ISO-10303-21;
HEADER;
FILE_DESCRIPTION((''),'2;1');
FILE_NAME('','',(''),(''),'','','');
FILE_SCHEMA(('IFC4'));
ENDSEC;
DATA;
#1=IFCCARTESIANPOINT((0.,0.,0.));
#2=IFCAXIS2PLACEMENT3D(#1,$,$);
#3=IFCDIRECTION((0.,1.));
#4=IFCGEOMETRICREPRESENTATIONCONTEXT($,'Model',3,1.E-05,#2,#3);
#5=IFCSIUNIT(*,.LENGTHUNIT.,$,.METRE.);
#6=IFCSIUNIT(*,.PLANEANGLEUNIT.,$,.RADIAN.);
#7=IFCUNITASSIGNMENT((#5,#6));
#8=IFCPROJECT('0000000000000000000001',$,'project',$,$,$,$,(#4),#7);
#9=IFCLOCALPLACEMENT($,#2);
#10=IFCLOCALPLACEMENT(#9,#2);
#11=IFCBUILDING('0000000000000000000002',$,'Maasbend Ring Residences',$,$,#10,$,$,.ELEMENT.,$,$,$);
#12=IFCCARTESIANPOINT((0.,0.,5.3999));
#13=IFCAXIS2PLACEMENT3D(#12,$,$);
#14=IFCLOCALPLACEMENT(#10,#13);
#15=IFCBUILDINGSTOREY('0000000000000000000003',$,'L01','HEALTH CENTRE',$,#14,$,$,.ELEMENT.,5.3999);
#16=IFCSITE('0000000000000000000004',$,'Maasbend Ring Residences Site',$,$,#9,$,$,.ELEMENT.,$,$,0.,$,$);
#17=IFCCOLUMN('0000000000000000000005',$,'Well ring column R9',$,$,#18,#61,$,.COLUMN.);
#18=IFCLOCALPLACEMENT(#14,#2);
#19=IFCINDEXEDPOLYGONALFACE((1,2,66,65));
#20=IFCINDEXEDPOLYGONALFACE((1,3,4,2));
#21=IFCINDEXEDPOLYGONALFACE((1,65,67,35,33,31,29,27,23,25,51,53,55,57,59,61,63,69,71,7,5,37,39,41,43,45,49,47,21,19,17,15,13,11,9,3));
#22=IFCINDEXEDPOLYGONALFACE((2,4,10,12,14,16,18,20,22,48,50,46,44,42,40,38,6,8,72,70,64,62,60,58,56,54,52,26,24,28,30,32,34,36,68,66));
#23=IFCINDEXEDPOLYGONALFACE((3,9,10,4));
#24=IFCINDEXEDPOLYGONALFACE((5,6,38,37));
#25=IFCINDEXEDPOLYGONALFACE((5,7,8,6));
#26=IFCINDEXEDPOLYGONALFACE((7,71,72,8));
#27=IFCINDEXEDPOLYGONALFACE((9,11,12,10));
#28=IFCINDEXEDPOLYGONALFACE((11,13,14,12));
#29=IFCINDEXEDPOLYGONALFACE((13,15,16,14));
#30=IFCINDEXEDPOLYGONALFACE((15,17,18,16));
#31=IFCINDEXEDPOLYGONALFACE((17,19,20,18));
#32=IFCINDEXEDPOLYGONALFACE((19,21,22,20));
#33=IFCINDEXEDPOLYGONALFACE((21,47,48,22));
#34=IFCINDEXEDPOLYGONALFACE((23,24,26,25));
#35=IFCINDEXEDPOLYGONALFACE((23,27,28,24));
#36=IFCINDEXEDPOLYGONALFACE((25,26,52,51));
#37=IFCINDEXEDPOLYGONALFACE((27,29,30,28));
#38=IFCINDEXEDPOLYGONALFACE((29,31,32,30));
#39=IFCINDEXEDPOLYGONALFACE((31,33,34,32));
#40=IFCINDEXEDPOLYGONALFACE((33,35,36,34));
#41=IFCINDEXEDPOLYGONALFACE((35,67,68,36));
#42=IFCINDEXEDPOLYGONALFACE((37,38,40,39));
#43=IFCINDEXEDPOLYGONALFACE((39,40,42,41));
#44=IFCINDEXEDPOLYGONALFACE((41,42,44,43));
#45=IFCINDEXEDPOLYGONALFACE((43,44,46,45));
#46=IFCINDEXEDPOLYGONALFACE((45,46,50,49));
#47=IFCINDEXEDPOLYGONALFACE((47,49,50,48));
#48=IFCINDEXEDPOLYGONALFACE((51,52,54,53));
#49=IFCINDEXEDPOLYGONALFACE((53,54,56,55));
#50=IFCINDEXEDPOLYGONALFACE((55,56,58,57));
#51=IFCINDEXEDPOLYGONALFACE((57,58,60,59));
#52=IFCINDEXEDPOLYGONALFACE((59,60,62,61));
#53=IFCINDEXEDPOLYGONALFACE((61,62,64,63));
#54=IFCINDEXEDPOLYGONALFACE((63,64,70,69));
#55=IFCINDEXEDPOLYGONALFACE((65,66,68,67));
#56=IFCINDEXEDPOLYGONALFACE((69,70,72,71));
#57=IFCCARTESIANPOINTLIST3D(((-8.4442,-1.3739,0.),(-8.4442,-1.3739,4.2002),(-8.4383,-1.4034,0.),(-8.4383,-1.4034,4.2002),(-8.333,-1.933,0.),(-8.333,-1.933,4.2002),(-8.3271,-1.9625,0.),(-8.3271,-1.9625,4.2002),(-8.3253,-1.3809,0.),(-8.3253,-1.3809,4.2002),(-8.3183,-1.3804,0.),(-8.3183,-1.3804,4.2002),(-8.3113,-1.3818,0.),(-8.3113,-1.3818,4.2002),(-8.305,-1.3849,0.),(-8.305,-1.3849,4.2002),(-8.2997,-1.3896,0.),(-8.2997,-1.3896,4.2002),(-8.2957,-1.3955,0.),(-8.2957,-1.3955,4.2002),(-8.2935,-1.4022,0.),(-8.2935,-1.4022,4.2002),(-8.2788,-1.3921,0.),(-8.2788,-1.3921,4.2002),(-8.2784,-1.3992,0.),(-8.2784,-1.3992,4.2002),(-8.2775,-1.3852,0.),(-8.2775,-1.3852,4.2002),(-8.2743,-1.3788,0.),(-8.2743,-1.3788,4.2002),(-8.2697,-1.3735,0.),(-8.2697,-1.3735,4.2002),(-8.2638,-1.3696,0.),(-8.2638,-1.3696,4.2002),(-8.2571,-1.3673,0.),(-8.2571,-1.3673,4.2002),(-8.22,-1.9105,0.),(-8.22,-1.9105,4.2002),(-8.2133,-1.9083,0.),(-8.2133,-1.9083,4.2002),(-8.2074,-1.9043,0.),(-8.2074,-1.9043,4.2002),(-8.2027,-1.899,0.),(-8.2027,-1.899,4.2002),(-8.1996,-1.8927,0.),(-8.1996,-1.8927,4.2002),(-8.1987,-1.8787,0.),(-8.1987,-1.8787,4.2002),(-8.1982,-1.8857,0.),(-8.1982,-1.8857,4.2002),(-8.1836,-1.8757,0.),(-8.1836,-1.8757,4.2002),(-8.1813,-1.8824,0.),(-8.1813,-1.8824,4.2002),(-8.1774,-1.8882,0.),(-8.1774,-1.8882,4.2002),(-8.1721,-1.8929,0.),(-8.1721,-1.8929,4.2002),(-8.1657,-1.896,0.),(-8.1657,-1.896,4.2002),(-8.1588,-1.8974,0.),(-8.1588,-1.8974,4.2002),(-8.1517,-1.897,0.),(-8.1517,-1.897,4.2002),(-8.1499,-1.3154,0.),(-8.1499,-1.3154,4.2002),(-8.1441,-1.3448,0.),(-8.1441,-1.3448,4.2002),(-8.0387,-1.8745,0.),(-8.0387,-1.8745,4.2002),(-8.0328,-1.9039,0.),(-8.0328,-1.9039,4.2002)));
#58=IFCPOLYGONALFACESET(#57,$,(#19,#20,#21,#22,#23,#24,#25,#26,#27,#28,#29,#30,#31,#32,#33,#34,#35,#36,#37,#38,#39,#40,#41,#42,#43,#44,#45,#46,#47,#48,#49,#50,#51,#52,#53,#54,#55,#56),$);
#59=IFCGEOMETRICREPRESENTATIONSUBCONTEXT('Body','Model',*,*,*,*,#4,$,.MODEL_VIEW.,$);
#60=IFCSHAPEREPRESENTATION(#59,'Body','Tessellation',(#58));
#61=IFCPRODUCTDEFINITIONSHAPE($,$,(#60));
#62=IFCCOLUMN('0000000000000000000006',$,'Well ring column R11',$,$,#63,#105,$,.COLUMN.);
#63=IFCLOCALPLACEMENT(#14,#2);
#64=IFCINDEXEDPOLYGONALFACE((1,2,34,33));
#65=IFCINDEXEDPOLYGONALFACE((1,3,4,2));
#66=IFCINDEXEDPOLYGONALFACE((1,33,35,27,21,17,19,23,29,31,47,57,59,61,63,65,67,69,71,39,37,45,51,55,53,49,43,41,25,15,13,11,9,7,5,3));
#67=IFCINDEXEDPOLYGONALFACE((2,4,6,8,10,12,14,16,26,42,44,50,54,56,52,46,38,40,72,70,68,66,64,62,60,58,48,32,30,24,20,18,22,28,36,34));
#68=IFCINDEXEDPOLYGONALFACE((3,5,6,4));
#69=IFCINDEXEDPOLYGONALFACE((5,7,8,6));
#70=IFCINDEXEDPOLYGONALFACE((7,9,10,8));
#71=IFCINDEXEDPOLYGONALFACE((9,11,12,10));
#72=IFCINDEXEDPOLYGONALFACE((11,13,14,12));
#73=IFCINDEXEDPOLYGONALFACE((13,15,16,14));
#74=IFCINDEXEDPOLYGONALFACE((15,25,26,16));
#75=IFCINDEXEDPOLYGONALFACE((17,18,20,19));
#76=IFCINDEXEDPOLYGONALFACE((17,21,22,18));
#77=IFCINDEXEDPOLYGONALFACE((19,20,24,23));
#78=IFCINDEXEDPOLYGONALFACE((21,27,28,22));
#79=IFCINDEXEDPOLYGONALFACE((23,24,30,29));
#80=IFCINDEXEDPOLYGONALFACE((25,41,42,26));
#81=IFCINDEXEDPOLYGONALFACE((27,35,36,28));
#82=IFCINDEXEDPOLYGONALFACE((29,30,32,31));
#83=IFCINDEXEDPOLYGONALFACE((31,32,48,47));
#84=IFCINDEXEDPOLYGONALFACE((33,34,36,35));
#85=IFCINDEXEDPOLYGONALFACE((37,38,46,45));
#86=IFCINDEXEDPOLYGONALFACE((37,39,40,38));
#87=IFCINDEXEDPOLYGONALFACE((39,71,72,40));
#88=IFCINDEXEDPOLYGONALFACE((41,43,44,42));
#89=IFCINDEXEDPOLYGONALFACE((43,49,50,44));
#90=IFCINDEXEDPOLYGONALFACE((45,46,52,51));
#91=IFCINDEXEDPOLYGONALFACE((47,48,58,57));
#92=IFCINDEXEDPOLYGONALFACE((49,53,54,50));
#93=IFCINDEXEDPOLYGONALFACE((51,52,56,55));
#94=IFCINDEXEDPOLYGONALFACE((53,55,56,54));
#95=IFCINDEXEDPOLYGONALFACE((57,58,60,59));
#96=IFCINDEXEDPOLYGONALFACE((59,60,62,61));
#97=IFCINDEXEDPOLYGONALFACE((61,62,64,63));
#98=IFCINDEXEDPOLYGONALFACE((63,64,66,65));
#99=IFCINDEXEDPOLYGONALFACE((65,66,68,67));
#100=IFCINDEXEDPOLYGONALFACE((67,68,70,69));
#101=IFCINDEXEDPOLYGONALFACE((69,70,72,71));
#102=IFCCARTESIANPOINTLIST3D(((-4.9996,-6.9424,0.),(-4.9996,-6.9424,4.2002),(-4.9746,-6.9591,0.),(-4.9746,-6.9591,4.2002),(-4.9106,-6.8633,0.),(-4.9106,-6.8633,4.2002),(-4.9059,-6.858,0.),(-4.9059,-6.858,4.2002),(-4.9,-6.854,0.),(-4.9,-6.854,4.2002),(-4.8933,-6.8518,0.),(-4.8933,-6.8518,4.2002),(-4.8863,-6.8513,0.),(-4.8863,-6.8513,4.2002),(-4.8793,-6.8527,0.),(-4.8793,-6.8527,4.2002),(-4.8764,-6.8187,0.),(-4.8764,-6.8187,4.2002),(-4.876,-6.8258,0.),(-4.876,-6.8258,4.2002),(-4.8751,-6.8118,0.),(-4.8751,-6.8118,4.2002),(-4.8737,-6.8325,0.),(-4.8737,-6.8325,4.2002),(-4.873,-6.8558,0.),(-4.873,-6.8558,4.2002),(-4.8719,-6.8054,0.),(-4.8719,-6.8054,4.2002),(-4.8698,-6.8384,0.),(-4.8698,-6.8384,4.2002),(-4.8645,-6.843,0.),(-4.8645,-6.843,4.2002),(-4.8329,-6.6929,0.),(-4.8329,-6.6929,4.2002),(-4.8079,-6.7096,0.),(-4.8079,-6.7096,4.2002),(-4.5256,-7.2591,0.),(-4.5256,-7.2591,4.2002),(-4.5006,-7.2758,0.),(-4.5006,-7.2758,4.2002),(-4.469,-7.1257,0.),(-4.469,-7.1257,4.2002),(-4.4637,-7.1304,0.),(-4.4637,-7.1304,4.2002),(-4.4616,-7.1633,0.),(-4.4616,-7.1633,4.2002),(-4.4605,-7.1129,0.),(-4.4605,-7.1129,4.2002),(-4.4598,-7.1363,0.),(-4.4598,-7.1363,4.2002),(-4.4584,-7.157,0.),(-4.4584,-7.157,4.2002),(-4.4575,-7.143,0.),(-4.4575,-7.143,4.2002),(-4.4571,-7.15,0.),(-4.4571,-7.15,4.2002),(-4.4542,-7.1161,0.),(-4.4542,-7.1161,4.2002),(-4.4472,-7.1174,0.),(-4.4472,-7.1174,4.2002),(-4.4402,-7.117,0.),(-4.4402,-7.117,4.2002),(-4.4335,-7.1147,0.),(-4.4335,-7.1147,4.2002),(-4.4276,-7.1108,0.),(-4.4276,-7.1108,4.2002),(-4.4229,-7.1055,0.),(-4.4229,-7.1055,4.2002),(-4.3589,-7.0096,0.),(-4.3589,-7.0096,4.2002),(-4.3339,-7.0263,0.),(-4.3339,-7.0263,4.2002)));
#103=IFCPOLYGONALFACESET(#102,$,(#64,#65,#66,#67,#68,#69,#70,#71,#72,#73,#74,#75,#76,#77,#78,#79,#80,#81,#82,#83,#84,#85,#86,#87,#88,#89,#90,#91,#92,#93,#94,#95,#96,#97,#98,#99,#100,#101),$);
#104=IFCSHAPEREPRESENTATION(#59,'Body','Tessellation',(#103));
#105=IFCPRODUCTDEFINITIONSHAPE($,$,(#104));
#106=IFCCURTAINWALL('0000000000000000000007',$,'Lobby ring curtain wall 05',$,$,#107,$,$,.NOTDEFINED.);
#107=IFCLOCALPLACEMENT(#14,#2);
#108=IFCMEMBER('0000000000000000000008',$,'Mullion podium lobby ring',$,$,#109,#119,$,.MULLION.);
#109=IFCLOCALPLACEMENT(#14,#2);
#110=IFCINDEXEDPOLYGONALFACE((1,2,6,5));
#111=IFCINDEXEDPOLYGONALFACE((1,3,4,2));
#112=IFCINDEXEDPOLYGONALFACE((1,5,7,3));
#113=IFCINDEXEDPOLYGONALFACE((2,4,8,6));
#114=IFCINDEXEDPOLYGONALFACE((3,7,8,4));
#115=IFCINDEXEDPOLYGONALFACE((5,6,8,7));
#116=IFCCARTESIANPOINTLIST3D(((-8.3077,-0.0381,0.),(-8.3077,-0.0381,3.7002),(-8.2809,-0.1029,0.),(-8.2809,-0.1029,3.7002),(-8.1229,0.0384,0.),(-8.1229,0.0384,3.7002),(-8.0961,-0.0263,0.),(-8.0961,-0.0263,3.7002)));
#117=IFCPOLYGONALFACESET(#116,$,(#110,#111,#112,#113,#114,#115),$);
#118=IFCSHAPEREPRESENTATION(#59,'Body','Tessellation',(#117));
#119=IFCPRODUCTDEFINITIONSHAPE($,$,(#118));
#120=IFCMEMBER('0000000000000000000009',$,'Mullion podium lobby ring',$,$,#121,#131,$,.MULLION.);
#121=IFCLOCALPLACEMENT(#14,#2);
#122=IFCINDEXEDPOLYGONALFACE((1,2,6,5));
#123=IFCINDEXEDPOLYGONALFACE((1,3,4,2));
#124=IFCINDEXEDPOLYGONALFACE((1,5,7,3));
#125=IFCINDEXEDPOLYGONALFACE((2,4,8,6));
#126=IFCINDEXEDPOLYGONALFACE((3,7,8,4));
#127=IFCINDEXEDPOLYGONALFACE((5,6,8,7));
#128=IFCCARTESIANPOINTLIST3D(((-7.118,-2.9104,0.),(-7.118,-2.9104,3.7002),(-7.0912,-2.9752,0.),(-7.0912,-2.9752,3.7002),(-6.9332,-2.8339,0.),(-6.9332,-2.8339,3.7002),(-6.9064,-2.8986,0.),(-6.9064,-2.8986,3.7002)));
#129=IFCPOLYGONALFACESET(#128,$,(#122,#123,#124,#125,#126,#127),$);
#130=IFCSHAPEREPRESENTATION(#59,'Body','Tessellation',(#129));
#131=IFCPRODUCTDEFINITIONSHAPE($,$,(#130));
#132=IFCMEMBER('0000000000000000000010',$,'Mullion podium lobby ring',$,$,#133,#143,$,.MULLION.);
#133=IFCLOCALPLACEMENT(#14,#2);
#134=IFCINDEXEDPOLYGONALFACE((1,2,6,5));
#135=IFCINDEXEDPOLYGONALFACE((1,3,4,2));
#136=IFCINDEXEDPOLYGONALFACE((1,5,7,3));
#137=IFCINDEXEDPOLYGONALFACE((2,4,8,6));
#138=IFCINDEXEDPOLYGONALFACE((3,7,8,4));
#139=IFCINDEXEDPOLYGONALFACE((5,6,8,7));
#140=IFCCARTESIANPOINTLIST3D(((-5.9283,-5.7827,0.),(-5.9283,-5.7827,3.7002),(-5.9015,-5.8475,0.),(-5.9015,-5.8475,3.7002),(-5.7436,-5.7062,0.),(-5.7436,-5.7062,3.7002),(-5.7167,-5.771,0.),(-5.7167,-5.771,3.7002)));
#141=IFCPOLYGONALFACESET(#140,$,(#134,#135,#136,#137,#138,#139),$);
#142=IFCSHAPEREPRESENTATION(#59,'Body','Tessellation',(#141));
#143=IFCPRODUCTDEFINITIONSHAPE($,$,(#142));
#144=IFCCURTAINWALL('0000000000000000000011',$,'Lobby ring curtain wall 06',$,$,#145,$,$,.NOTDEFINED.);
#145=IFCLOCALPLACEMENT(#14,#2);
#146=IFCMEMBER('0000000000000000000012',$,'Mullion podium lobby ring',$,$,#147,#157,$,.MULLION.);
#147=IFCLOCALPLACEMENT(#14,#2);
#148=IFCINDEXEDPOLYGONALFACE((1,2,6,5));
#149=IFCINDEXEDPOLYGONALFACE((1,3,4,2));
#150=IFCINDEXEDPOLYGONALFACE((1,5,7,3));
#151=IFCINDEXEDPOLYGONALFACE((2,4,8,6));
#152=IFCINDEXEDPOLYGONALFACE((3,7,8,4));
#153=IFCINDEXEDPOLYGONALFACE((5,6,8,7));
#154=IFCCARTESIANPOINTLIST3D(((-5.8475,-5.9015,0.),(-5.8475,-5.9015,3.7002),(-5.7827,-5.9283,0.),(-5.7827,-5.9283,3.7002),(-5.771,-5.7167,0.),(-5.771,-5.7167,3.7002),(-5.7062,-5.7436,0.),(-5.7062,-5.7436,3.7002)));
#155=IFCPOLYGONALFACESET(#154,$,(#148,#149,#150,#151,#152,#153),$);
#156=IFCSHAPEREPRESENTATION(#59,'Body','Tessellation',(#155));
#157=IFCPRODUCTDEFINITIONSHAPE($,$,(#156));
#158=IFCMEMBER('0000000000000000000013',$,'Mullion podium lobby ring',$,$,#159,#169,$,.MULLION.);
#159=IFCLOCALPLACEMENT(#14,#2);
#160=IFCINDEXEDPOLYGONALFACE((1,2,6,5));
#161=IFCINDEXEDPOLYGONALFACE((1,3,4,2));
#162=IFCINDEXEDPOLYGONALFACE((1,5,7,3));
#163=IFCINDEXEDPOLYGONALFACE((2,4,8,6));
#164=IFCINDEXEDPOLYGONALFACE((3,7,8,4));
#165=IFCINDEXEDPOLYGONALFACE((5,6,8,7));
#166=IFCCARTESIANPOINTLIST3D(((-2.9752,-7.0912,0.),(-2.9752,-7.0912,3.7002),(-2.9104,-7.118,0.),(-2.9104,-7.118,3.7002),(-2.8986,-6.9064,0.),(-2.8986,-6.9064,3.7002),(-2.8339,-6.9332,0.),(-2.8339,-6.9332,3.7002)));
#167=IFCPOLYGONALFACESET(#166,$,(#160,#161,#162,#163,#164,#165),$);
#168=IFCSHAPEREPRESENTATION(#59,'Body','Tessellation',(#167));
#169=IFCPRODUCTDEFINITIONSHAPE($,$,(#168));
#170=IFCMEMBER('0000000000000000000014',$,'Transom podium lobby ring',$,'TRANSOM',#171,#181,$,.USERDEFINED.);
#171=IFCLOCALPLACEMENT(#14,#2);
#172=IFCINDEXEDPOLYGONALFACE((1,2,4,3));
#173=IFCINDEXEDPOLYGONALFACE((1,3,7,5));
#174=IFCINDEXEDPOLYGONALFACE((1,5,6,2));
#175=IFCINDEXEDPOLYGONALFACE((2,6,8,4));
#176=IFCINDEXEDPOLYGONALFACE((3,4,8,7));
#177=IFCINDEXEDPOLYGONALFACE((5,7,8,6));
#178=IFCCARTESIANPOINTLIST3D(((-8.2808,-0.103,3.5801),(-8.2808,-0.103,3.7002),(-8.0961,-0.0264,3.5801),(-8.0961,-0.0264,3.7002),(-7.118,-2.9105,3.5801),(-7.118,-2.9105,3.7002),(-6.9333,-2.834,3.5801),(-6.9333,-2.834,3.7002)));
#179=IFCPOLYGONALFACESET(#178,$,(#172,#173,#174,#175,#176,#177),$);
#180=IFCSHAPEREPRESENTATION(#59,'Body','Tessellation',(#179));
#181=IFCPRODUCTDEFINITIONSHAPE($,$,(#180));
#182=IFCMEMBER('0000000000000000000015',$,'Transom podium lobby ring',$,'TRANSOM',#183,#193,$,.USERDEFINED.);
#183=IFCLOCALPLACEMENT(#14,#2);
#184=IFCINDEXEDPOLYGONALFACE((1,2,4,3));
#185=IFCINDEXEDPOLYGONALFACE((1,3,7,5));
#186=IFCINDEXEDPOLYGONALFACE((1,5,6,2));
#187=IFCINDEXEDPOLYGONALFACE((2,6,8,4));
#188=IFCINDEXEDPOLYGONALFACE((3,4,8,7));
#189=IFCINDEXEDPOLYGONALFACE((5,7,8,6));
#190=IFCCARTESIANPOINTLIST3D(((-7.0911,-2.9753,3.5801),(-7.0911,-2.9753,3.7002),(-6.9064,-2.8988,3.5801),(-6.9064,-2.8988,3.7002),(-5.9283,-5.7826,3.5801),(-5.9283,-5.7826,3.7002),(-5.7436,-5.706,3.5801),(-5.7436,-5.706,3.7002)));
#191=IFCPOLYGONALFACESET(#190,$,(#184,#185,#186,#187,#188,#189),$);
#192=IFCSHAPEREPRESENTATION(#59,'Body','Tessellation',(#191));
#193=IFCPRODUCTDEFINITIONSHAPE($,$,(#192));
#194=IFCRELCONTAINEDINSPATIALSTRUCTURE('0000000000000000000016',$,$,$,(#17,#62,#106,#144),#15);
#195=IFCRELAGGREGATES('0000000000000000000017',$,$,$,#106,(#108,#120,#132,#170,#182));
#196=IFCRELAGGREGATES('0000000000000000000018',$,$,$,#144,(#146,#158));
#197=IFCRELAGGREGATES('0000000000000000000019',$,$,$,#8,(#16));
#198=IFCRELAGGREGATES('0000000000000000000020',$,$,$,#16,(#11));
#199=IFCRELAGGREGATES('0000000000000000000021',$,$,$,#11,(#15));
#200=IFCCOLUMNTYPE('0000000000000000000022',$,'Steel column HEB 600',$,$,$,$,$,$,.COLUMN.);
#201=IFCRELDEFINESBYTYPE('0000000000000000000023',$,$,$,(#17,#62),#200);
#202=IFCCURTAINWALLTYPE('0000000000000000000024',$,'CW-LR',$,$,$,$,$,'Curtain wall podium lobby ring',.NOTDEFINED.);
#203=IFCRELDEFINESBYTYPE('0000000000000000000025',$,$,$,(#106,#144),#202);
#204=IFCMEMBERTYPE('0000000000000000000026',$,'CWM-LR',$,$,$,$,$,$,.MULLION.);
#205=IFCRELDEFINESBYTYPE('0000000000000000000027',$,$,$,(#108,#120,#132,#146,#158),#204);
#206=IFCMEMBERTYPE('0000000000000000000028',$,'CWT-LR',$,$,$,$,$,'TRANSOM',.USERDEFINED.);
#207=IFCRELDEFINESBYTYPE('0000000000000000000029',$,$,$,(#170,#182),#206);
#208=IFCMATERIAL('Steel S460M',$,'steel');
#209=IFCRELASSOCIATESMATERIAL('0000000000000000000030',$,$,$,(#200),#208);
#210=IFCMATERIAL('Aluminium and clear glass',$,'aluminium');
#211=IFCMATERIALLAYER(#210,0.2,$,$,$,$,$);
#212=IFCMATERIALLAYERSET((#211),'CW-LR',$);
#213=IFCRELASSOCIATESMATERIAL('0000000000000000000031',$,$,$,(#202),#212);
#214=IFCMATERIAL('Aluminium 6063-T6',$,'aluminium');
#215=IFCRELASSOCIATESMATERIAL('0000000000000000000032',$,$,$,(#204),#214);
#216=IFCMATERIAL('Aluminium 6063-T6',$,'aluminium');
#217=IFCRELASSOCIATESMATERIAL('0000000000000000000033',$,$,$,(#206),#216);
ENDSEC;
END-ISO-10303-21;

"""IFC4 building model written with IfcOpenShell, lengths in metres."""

from ifc_helpers import new_model, si_unit, direction, frame, origin, origin_2d, place, context, subcontext, project, spatial, rectangle, i_section, extrude, material, layer, layer_set, material_profile, profile_set, type_object, element, aggregate, save


model = new_model("IFC4")

# Units and contexts
model_context = context("Model", 3, precision=1e-05, world=origin(), true_north=direction((0.0, 1.0)))
body_context = subcontext(model_context, "Body", "Model", "MODEL_VIEW")
ifc_project = project(units=[si_unit("LENGTHUNIT", "METRE"), si_unit("PLANEANGLEUNIT", "RADIAN")], contexts=[model_context])

# Site, building, storey
site_placement = place(None, origin())
site = spatial("IfcSite", under=ifc_project, at=site_placement, Name="Maasbend Ring Residences Site", CompositionType="ELEMENT", RefElevation=0.0)
building_placement = place(site_placement, origin())
building = spatial("IfcBuilding", under=site, at=building_placement, Name="Maasbend Ring Residences", CompositionType="ELEMENT")
storey_placement = place(building_placement, frame((0.0, 0.0, 5.3999)))
storey = spatial("IfcBuildingStorey", under=building, at=storey_placement, Name="L01", Description="HEALTH CENTRE", CompositionType="ELEMENT", Elevation=5.3999)

# Columns
ifc_material_1 = material(Name="Steel S460M", Category="steel")
ifc_material_profile_1 = material_profile(ifc_material_1, i_section(OverallWidth=0.3, OverallDepth=0.6001, WebThickness=0.0154, FlangeThickness=0.03, FilletRadius=0.0271, at=origin_2d()), Name="HEB 600")
ifc_profile_set_1 = profile_set([ifc_material_profile_1], Name="Steel S460M")
column_type = type_object("IfcColumnType", Name="Steel column HEB 600", PredefinedType="COLUMN", material=ifc_profile_set_1)
for number, where, z_axis, x_axis, name in (
    (1, (-8.2385, -1.6389, 0.0), (0.0, 0.0, 1.0), (-0.980785, -0.19509, 0.0), "Well ring column R9"),
    (2, (-4.6667, -6.9844, 0.0), (0.0, 0.0, 1.0), (-0.55557, -0.83147, 0.0), "Well ring column R11"),
):
    element("IfcColumn", number, at=place(storey_placement, frame(where, z_axis=z_axis, x_axis=x_axis)), inside=storey, type_object=column_type, Name=name, PredefinedType="COLUMN", context=body_context, shape_type="SweptSolid", body=[
        extrude(i_section(OverallWidth=0.3, OverallDepth=0.6001, WebThickness=0.0154, FlangeThickness=0.03, FilletRadius=0.0271, at=origin_2d()), origin(), (0.0, 0.0, 1.0), 4.2002),
    ])

# Curtain walls, members
ifc_material_2 = material(Name="Aluminium and clear glass", Category="aluminium")
ifc_layer_1 = layer(ifc_material_2, 0.2)
ifc_layer_set_1 = layer_set([ifc_layer_1], Name="CW-LR")
curtain_wall_type = type_object("IfcCurtainWallType", Name="CW-LR", ElementType="Curtain wall podium lobby ring", PredefinedType="NOTDEFINED", material=ifc_layer_set_1)
curtain_wall_1_placement = place(storey_placement, origin())
curtain_wall_1 = element("IfcCurtainWall", 3, at=curtain_wall_1_placement, inside=storey, type_object=curtain_wall_type, Name="Lobby ring curtain wall 05", PredefinedType="NOTDEFINED")
ifc_material_3 = material(Name="Aluminium 6063-T6", Category="aluminium")
ifc_material_profile_2 = material_profile(ifc_material_3, rectangle(XDim=0.2, YDim=0.0701, at=origin_2d()), Name="AL 200x70")
ifc_profile_set_2 = profile_set([ifc_material_profile_2], Name="Aluminium 6063-T6")
member_type_1 = type_object("IfcMemberType", Name="CWM-LR", PredefinedType="MULLION", material=ifc_profile_set_2)
member_1_placement = place(storey_placement, frame((-8.2019, -0.0322, 0.0), z_axis=(0.0, 0.0, 1.0), x_axis=(0.92388, 0.382683, 0.0)))
member_1 = element("IfcMember", 4, at=member_1_placement, type_object=member_type_1, Name="Mullion podium lobby ring", PredefinedType="MULLION", context=body_context, shape_type="SweptSolid", body=[
    extrude(rectangle(XDim=0.2, YDim=0.0701, at=origin_2d()), origin(), (0.0, 0.0, 1.0), 3.7002),
])
member_2_placement = place(storey_placement, frame((-7.0122, -2.9045, 0.0), z_axis=(0.0, 0.0, 1.0), x_axis=(0.92388, 0.382683, 0.0)))
member_2 = element("IfcMember", 5, at=member_2_placement, type_object=member_type_1, Name="Mullion podium lobby ring", PredefinedType="MULLION", context=body_context, shape_type="SweptSolid", body=[
    extrude(rectangle(XDim=0.2, YDim=0.0701, at=origin_2d()), origin(), (0.0, 0.0, 1.0), 3.7002),
])
member_3_placement = place(storey_placement, frame((-5.8225, -5.7769, 0.0), z_axis=(0.0, 0.0, 1.0), x_axis=(0.92388, 0.382683, 0.0)))
member_3 = element("IfcMember", 6, at=member_3_placement, type_object=member_type_1, Name="Mullion podium lobby ring", PredefinedType="MULLION", context=body_context, shape_type="SweptSolid", body=[
    extrude(rectangle(XDim=0.2, YDim=0.0701, at=origin_2d()), origin(), (0.0, 0.0, 1.0), 3.7002),
])
curtain_wall_2_placement = place(storey_placement, origin())
curtain_wall_2 = element("IfcCurtainWall", 7, at=curtain_wall_2_placement, inside=storey, type_object=curtain_wall_type, Name="Lobby ring curtain wall 06", PredefinedType="NOTDEFINED")
member_4_placement = place(storey_placement, frame((-5.7769, -5.8225, 0.0), z_axis=(0.0, 0.0, 1.0), x_axis=(0.382683, 0.92388, 0.0)))
member_4 = element("IfcMember", 8, at=member_4_placement, type_object=member_type_1, Name="Mullion podium lobby ring", PredefinedType="MULLION", context=body_context, shape_type="SweptSolid", body=[
    extrude(rectangle(XDim=0.2, YDim=0.0701, at=origin_2d()), origin(), (0.0, 0.0, 1.0), 3.7002),
])
member_5_placement = place(storey_placement, frame((-2.9045, -7.0122, 0.0), z_axis=(0.0, 0.0, 1.0), x_axis=(0.382683, 0.92388, 0.0)))
member_5 = element("IfcMember", 9, at=member_5_placement, type_object=member_type_1, Name="Mullion podium lobby ring", PredefinedType="MULLION", context=body_context, shape_type="SweptSolid", body=[
    extrude(rectangle(XDim=0.2, YDim=0.0701, at=origin_2d()), origin(), (0.0, 0.0, 1.0), 3.7002),
])

# Members
ifc_material_4 = material(Name="Aluminium 6063-T6", Category="aluminium")
ifc_material_profile_3 = material_profile(ifc_material_4, rectangle(XDim=0.2, YDim=0.1201, at=origin_2d()), Name="AL 200x120")
ifc_profile_set_3 = profile_set([ifc_material_profile_3], Name="Aluminium 6063-T6")
member_type_2 = type_object("IfcMemberType", Name="CWT-LR", ElementType="TRANSOM", PredefinedType="USERDEFINED", material=ifc_profile_set_3)
member_6_placement = place(storey_placement, frame((-8.1885, -0.0647, 3.6401), z_axis=(0.382652, -0.923892, 0.0), x_axis=(0.923892, 0.382652, 0.0)))
member_6 = element("IfcMember", 10, at=member_6_placement, type_object=member_type_2, Name="Transom podium lobby ring", ObjectType="TRANSOM", PredefinedType="USERDEFINED", context=body_context, shape_type="SweptSolid", body=[
    extrude(rectangle(XDim=0.2, YDim=0.1201, at=origin_2d()), origin(), (0.0, 0.0, 1.0), 3.0388),
])
member_7_placement = place(storey_placement, frame((-6.9988, -2.937, 3.6401), z_axis=(0.382681, -0.923881, 0.0), x_axis=(0.923881, 0.382681, 0.0)))
member_7 = element("IfcMember", 11, at=member_7_placement, type_object=member_type_2, Name="Transom podium lobby ring", ObjectType="TRANSOM", PredefinedType="USERDEFINED", context=body_context, shape_type="SweptSolid", body=[
    extrude(rectangle(XDim=0.2, YDim=0.1201, at=origin_2d()), origin(), (0.0, 0.0, 1.0), 3.0386),
])

aggregate(curtain_wall_1, [member_1, member_2, member_3, member_6, member_7])
aggregate(curtain_wall_2, [member_4, member_5])

save(model, "model.ifc")
